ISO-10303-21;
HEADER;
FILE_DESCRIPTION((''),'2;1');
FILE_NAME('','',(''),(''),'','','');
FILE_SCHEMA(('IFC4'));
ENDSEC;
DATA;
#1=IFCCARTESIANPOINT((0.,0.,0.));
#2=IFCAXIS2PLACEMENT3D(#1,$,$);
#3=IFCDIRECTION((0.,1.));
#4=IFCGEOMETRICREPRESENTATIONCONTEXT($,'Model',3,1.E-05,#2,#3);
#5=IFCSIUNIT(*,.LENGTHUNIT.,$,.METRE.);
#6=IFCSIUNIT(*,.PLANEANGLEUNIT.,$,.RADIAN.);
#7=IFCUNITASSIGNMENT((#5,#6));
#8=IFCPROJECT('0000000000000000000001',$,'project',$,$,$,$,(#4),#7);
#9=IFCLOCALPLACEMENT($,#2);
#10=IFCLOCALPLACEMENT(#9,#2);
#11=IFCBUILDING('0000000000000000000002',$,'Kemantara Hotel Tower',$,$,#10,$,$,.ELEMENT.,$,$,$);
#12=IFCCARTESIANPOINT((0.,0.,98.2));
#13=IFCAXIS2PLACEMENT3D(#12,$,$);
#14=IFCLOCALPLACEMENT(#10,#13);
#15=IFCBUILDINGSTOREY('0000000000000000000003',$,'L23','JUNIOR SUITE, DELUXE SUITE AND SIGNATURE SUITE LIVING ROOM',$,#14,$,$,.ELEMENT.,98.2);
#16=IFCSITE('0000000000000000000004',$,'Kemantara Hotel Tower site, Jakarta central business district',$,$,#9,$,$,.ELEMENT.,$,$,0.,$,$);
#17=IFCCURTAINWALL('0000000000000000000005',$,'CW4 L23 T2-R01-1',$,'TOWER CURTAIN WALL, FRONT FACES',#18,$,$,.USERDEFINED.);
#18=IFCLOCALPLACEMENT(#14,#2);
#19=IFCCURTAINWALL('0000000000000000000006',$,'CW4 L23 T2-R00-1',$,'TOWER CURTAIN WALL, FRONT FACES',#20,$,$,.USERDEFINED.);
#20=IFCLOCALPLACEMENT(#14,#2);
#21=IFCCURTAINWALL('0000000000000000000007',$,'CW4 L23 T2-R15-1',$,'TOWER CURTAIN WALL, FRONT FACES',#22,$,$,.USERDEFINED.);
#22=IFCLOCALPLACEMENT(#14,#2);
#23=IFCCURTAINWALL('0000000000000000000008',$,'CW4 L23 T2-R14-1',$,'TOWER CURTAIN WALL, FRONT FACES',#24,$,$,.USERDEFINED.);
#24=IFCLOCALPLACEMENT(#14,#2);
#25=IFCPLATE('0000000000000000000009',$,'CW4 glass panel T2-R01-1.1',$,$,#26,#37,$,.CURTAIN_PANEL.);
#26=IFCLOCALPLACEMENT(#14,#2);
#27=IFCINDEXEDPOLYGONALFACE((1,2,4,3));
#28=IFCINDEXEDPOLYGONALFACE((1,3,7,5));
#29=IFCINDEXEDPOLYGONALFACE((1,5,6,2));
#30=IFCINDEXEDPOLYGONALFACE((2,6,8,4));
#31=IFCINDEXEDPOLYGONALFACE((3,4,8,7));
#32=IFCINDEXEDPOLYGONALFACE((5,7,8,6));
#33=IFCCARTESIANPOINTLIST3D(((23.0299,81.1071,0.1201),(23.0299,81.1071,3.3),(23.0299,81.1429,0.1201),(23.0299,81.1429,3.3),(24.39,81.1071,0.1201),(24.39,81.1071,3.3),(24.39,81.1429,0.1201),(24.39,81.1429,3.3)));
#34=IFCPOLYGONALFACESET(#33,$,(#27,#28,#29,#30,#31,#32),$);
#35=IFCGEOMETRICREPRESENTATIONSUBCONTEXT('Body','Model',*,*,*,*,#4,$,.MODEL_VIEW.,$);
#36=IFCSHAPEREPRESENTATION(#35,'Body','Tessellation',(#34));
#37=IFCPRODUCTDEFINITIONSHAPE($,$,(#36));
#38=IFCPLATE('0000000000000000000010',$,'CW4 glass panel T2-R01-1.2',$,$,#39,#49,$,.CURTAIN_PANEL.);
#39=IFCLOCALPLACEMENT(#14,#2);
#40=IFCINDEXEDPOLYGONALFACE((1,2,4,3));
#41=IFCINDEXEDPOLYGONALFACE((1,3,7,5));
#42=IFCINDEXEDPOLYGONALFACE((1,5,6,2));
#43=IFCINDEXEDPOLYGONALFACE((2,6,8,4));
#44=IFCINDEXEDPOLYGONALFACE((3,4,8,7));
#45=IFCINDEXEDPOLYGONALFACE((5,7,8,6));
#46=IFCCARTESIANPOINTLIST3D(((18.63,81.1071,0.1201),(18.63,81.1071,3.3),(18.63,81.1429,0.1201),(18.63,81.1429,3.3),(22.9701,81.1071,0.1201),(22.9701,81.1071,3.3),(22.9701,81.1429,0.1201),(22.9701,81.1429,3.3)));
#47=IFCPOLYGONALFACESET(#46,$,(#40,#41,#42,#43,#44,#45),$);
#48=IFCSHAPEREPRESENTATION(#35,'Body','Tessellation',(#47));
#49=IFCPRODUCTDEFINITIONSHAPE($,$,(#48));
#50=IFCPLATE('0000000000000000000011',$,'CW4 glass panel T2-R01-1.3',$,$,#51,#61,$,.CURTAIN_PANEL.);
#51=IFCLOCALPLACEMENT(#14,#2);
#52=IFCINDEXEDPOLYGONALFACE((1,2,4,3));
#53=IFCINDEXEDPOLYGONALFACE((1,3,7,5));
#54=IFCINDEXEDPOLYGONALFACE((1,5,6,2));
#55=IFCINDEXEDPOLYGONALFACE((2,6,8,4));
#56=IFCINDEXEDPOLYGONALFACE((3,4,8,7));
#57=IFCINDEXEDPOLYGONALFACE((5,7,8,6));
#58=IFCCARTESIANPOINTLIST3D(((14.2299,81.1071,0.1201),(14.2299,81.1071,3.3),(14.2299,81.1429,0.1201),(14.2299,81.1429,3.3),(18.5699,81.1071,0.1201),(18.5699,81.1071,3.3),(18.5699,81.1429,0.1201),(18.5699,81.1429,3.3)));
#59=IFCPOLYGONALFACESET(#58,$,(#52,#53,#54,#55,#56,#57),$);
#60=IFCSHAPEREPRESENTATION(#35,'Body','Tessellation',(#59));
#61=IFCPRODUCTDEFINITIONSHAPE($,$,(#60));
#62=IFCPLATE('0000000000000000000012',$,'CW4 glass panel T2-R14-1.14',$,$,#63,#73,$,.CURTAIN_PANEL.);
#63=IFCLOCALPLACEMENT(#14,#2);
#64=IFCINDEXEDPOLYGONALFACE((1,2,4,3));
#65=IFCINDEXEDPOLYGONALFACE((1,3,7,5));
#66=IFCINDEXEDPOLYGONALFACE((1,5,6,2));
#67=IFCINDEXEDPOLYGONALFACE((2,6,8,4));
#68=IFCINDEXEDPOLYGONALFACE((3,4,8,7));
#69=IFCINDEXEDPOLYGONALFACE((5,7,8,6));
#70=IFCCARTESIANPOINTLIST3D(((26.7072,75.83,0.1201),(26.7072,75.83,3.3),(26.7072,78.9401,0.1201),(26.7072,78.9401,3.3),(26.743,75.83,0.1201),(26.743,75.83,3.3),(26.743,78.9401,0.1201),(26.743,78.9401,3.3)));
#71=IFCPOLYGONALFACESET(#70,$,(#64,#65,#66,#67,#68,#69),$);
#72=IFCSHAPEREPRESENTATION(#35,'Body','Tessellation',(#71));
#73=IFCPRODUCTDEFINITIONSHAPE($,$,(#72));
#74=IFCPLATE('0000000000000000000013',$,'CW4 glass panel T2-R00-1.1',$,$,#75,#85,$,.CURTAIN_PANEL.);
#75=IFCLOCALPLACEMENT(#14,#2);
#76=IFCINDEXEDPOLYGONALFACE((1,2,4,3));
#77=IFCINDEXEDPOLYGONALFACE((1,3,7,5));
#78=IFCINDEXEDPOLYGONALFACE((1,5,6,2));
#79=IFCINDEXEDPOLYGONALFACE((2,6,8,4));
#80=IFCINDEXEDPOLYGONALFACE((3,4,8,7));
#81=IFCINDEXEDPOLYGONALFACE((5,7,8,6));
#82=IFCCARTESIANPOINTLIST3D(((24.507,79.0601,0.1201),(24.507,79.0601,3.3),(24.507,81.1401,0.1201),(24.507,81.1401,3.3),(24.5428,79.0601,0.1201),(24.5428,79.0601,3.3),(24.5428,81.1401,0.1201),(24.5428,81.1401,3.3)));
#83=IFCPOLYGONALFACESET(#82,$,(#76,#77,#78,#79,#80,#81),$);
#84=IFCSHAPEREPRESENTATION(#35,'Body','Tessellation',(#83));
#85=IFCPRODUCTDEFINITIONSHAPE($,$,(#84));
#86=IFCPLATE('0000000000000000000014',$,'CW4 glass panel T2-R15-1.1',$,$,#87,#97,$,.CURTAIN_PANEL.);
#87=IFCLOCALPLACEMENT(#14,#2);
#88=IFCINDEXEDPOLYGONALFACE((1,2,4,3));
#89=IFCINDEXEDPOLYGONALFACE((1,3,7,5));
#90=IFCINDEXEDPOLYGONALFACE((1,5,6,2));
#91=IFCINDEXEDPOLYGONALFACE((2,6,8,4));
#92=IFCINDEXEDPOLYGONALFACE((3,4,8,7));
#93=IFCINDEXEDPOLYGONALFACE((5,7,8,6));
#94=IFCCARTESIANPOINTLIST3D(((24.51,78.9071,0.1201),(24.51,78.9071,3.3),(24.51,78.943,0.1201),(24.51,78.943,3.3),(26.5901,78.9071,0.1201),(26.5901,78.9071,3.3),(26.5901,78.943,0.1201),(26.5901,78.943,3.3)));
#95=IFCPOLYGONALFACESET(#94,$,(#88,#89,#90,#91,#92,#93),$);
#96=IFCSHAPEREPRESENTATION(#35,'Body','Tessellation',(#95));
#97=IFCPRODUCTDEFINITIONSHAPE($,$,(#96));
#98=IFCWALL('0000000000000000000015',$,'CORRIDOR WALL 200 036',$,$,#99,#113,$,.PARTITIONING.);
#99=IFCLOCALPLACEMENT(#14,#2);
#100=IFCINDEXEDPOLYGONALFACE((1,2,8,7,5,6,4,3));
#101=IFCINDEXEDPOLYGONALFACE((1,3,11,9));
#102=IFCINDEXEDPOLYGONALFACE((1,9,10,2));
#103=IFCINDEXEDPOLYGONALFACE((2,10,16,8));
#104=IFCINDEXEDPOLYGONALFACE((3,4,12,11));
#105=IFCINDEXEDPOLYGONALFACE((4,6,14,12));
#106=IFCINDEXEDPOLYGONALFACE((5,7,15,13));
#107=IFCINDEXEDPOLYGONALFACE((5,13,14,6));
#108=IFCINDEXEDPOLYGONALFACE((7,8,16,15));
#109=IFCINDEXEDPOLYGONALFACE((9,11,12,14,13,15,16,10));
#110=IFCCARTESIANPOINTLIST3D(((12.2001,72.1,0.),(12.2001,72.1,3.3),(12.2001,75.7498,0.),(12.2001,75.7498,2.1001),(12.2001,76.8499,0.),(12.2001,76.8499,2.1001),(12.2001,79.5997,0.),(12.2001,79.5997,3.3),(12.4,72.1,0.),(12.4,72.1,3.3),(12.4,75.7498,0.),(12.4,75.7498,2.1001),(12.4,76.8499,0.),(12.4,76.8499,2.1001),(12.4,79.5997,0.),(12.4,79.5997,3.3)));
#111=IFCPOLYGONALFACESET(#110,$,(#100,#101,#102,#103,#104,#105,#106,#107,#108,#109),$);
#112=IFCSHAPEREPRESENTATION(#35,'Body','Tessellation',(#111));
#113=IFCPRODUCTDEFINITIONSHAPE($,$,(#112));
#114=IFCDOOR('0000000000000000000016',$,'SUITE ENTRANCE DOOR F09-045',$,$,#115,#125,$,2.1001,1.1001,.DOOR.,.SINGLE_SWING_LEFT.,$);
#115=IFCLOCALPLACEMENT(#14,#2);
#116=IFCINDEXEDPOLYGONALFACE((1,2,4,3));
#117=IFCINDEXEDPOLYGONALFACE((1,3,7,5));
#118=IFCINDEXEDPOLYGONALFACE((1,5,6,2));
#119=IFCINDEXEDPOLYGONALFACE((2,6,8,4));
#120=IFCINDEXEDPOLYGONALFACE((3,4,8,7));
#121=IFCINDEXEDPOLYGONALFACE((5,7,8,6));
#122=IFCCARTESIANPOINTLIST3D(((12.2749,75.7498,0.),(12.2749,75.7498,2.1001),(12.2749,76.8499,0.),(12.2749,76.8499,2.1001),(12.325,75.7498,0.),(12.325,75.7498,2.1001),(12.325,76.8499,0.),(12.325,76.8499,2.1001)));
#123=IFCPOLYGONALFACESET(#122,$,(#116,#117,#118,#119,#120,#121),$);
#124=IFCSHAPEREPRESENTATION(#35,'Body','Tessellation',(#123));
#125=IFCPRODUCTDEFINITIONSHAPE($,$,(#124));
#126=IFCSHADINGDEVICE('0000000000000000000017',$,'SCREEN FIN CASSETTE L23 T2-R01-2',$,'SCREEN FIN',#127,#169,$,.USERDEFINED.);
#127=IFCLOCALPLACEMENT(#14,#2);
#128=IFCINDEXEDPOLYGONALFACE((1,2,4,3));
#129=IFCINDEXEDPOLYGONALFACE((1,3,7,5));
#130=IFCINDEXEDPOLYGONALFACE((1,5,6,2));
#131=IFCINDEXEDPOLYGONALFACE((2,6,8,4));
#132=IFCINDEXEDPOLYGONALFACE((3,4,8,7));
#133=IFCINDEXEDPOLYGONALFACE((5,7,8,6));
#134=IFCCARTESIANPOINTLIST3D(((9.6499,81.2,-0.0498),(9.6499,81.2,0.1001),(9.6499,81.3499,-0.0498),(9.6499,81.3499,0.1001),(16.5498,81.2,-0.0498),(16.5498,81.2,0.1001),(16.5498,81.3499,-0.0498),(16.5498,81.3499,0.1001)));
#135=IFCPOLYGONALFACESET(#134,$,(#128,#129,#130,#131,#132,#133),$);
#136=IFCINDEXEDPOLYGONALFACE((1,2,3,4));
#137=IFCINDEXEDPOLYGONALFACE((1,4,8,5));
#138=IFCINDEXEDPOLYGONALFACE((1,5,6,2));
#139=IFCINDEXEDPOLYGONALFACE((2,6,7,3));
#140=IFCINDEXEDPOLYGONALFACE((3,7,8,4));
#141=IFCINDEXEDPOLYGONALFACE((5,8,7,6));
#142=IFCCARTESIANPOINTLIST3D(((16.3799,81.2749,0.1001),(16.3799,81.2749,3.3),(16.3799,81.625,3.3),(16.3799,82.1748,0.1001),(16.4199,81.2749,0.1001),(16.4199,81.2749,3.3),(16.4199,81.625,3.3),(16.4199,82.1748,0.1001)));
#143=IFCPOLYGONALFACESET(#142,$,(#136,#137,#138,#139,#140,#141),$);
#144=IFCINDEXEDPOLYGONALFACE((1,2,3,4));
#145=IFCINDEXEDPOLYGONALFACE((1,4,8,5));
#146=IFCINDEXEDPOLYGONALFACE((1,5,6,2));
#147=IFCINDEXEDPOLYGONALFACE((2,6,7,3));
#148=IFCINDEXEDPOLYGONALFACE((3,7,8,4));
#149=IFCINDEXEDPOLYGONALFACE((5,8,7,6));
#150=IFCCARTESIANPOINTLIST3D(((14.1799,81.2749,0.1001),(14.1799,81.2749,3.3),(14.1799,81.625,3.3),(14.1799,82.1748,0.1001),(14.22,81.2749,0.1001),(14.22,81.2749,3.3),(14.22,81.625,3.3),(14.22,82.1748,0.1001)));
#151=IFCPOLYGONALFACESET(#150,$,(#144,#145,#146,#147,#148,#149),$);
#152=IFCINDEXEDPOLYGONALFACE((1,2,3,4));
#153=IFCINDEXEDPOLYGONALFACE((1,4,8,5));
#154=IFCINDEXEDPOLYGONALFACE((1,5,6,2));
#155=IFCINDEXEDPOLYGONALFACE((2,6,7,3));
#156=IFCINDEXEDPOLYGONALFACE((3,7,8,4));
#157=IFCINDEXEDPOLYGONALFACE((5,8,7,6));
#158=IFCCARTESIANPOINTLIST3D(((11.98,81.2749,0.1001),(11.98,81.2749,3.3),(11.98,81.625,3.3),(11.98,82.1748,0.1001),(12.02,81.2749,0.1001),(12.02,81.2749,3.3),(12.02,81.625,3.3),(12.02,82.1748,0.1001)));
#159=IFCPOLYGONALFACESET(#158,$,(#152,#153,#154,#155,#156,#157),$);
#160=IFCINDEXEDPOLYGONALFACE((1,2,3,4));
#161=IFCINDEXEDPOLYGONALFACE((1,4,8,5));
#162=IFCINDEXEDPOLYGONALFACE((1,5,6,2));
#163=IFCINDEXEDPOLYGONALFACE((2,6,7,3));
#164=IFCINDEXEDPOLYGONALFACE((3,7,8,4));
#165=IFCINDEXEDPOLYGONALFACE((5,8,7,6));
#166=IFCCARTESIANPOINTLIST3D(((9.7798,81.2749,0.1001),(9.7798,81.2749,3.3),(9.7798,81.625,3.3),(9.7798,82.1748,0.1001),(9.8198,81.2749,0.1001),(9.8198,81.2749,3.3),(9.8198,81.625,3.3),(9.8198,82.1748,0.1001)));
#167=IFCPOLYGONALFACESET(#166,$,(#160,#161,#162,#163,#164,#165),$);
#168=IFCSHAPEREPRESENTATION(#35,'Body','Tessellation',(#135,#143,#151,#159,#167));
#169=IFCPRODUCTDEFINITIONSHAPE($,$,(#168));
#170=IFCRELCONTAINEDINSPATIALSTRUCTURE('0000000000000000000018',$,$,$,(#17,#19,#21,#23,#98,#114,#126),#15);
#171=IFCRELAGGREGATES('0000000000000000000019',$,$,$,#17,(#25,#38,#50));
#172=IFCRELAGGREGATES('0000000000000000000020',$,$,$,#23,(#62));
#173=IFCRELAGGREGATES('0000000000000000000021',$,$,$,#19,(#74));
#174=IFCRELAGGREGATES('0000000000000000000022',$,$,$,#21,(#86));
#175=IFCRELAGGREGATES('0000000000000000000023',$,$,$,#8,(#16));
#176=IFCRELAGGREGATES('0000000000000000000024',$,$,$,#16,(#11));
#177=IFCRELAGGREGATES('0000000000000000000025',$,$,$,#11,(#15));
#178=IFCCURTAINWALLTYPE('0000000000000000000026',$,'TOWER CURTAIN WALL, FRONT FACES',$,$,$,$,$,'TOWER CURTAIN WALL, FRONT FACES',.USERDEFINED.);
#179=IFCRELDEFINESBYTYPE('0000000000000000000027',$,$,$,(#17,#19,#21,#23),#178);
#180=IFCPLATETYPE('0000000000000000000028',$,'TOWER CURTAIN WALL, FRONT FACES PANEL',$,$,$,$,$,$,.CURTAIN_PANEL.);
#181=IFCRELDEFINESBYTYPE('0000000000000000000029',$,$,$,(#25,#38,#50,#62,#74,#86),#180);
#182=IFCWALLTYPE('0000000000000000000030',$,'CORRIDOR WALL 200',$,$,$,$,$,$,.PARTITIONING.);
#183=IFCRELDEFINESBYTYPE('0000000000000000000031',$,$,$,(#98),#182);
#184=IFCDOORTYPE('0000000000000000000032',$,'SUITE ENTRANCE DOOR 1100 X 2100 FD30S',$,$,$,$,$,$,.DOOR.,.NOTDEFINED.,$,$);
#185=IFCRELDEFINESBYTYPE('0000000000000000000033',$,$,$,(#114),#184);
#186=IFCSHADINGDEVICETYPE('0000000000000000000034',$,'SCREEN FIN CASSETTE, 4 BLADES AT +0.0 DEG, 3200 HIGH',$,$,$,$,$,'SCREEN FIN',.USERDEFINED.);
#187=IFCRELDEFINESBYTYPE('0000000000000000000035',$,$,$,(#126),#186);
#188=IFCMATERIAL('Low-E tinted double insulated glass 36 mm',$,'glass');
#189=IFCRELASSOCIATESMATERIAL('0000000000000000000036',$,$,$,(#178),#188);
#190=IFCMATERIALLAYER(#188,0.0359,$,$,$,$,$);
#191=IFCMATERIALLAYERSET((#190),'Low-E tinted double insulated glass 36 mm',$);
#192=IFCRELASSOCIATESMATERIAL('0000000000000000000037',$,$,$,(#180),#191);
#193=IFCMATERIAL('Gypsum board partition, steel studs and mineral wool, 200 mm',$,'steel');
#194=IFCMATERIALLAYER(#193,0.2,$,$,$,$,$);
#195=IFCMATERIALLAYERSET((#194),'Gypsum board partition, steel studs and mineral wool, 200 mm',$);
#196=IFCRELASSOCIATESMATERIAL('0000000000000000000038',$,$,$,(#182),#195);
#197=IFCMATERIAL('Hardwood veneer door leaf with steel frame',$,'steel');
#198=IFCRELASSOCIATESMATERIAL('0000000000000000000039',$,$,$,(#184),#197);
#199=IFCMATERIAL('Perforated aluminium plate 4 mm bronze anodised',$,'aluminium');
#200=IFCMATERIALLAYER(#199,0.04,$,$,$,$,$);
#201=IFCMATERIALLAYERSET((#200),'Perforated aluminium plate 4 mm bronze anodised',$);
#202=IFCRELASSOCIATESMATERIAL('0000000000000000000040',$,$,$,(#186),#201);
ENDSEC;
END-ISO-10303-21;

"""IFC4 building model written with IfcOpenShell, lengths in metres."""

from ifc_helpers import new_model, si_unit, direction, frame, frame_2d, origin, origin_2d, place, context, subcontext, project, spatial, polyline, rectangle, outline, extrude, source, transform, mapped, material, layer, layer_set, type_object, element, fill, aggregate, save


model = new_model("IFC4")

# Units and contexts
model_context = context("Model", 3, precision=1e-05, world=origin(), true_north=direction((0.0, 1.0)))
body_context = subcontext(model_context, "Body", "Model", "MODEL_VIEW")
ifc_project = project(units=[si_unit("LENGTHUNIT", "METRE"), si_unit("PLANEANGLEUNIT", "RADIAN")], contexts=[model_context])

# Site, building, storey
site_placement = place(None, origin())
site = spatial("IfcSite", under=ifc_project, at=site_placement, Name="Kemantara Hotel Tower site, Jakarta central business district", CompositionType="ELEMENT", RefElevation=0.0)
building_placement = place(site_placement, origin())
building = spatial("IfcBuilding", under=site, at=building_placement, Name="Kemantara Hotel Tower", CompositionType="ELEMENT")
storey_placement = place(building_placement, frame((0.0, 0.0, 98.2)))
storey = spatial("IfcBuildingStorey", under=building, at=storey_placement, Name="L23", Description="JUNIOR SUITE, DELUXE SUITE AND SIGNATURE SUITE LIVING ROOM", CompositionType="ELEMENT", Elevation=98.2)

# Curtain walls
ifc_material_1 = material(Name="Low-E tinted double insulated glass 36 mm", Category="glass")
curtain_wall_type = type_object("IfcCurtainWallType", Name="TOWER CURTAIN WALL, FRONT FACES", ElementType="TOWER CURTAIN WALL, FRONT FACES", PredefinedType="USERDEFINED", material=ifc_material_1)
curtain_wall_1_placement = place(storey_placement, origin())
curtain_wall_1 = element("IfcCurtainWall", 1, at=curtain_wall_1_placement, inside=storey, type_object=curtain_wall_type, Name="CW4 L23 T2-R01-1", ObjectType="TOWER CURTAIN WALL, FRONT FACES", PredefinedType="USERDEFINED")
curtain_wall_2_placement = place(storey_placement, origin())
curtain_wall_2 = element("IfcCurtainWall", 2, at=curtain_wall_2_placement, inside=storey, type_object=curtain_wall_type, Name="CW4 L23 T2-R00-1", ObjectType="TOWER CURTAIN WALL, FRONT FACES", PredefinedType="USERDEFINED")
curtain_wall_3_placement = place(storey_placement, origin())
curtain_wall_3 = element("IfcCurtainWall", 3, at=curtain_wall_3_placement, inside=storey, type_object=curtain_wall_type, Name="CW4 L23 T2-R15-1", ObjectType="TOWER CURTAIN WALL, FRONT FACES", PredefinedType="USERDEFINED")

# Curtain wall
curtain_wall_4_placement = place(storey_placement, origin())
curtain_wall_4 = element("IfcCurtainWall", 4, at=curtain_wall_4_placement, inside=storey, type_object=curtain_wall_type, Name="CW4 L23 T2-R14-1", ObjectType="TOWER CURTAIN WALL, FRONT FACES", PredefinedType="USERDEFINED")

# Plates
ifc_layer_1 = layer(ifc_material_1, 0.0359)
ifc_layer_set_1 = layer_set([ifc_layer_1], Name="Low-E tinted double insulated glass 36 mm")
plate_type = type_object("IfcPlateType", Name="TOWER CURTAIN WALL, FRONT FACES PANEL", PredefinedType="CURTAIN_PANEL", material=ifc_layer_set_1)
shared_shape_1 = source(origin(), body_context, "Body", "SweptSolid", [
    extrude(rectangle(XDim=1.3601, YDim=0.0359, at=origin_2d()), origin(), (0.0, 0.0, 1.0), 3.1799),
])
plate_1_placement = place(storey_placement, frame((23.71, 81.125, 0.1201), z_axis=(0.0, 0.0, 1.0), x_axis=(-1.0, 0.0, 0.0)))
plate_1 = element("IfcPlate", 5, at=plate_1_placement, type_object=plate_type, Name="CW4 glass panel T2-R01-1.1", PredefinedType="CURTAIN_PANEL", context=body_context, shape_type="MappedRepresentation", body=[
    mapped(shared_shape_1, transform((0.0, 0.0, 0.0))),
])
shared_shape_2 = source(origin(), body_context, "Body", "SweptSolid", [
    extrude(rectangle(XDim=4.3401, YDim=0.0359, at=origin_2d()), origin(), (0.0, 0.0, 1.0), 3.1799),
])
plate_2_placement = place(storey_placement, frame((20.8, 81.125, 0.1201), z_axis=(0.0, 0.0, 1.0), x_axis=(-1.0, 0.0, 0.0)))
plate_2 = element("IfcPlate", 6, at=plate_2_placement, type_object=plate_type, Name="CW4 glass panel T2-R01-1.2", PredefinedType="CURTAIN_PANEL", context=body_context, shape_type="MappedRepresentation", body=[
    mapped(shared_shape_2, transform((0.0, 0.0, 0.0))),
])
plate_3_placement = place(storey_placement, frame((16.3999, 81.125, 0.1201), z_axis=(0.0, 0.0, 1.0), x_axis=(-1.0, 0.0, 0.0)))
plate_3 = element("IfcPlate", 7, at=plate_3_placement, type_object=plate_type, Name="CW4 glass panel T2-R01-1.3", PredefinedType="CURTAIN_PANEL", context=body_context, shape_type="MappedRepresentation", body=[
    mapped(shared_shape_2, transform((0.0, 0.0, 0.0))),
])
aggregate(curtain_wall_1, [plate_1, plate_2, plate_3])
shared_shape_3 = source(origin(), body_context, "Body", "SweptSolid", [
    extrude(rectangle(XDim=3.1101, YDim=0.0359, at=origin_2d()), origin(), (0.0, 0.0, 1.0), 3.1799),
])
plate_4_placement = place(storey_placement, frame((26.7251, 77.385, 0.1201), z_axis=(0.0, 0.0, 1.0), x_axis=(0.0, 1.0, 0.0)))
plate_4 = element("IfcPlate", 8, at=plate_4_placement, type_object=plate_type, Name="CW4 glass panel T2-R14-1.14", PredefinedType="CURTAIN_PANEL", context=body_context, shape_type="MappedRepresentation", body=[
    mapped(shared_shape_3, transform((0.0, 0.0, 0.0))),
])
aggregate(curtain_wall_4, [plate_4])
shared_shape_4 = source(origin(), body_context, "Body", "SweptSolid", [
    extrude(rectangle(XDim=2.0801, YDim=0.0359, at=origin_2d()), origin(), (0.0, 0.0, 1.0), 3.1799),
])
plate_5_placement = place(storey_placement, frame((24.5249, 80.1001, 0.1201), z_axis=(0.0, 0.0, 1.0), x_axis=(0.0, 1.0, 0.0)))
plate_5 = element("IfcPlate", 9, at=plate_5_placement, type_object=plate_type, Name="CW4 glass panel T2-R00-1.1", PredefinedType="CURTAIN_PANEL", context=body_context, shape_type="MappedRepresentation", body=[
    mapped(shared_shape_4, transform((0.0, 0.0, 0.0))),
])
aggregate(curtain_wall_2, [plate_5])
plate_6_placement = place(storey_placement, frame((25.55, 78.925, 0.1201), z_axis=(0.0, 0.0, 1.0), x_axis=(-1.0, 0.0, 0.0)))
plate_6 = element("IfcPlate", 10, at=plate_6_placement, type_object=plate_type, Name="CW4 glass panel T2-R15-1.1", PredefinedType="CURTAIN_PANEL", context=body_context, shape_type="MappedRepresentation", body=[
    mapped(shared_shape_4, transform((0.0, 0.0, 0.0))),
])
aggregate(curtain_wall_3, [plate_6])

# Wall, opening, door
ifc_material_2 = material(Name="Gypsum board partition, steel studs and mineral wool, 200 mm", Category="steel")
ifc_layer_2 = layer(ifc_material_2, 0.2)
ifc_layer_set_2 = layer_set([ifc_layer_2], Name="Gypsum board partition, steel studs and mineral wool, 200 mm")
wall_type = type_object("IfcWallType", Name="CORRIDOR WALL 200", PredefinedType="PARTITIONING", material=ifc_layer_set_2)
wall_placement = place(storey_placement, frame((12.3, 79.5999, 0.0), z_axis=(0.0, 0.0, 1.0), x_axis=(0.0, -1.0, 0.0)))
wall = element("IfcWall", 11, at=wall_placement, inside=storey, type_object=wall_type, Name="CORRIDOR WALL 200 036", PredefinedType="PARTITIONING", context=body_context, shape_type="SweptSolid", body=[
    extrude(rectangle(XDim=7.4998, YDim=0.2, at=frame_2d((3.75, 0.0))), origin(), (0.0, 0.0, 1.0), 3.3),
])
opening_placement = place(wall_placement, frame((2.75, 0.0, 0.0)))
opening = element("IfcOpeningElement", 12, at=opening_placement, cuts=wall, PredefinedType="OPENING", context=body_context, shape_type="SweptSolid", body=[
    extrude(rectangle(XDim=1.1001, YDim=2.1001, at=frame_2d((0.55, 1.05))), frame((0.0, 0.1099, 0.0), z_axis=(0.0, -1.0, 0.0), x_axis=(1.0, 0.0, 0.0)), (0.0, 0.0, 1.0), 0.22),
])
ifc_material_3 = material(Name="Hardwood veneer door leaf with steel frame", Category="steel")
door_type = type_object("IfcDoorType", Name="SUITE ENTRANCE DOOR 1100 X 2100 FD30S", OperationType="NOTDEFINED", PredefinedType="DOOR", material=ifc_material_3)
door_placement = place(opening_placement, origin())
door = element("IfcDoor", 13, at=door_placement, inside=storey, type_object=door_type, Name="SUITE ENTRANCE DOOR F09-045", OperationType="SINGLE_SWING_LEFT", OverallHeight=2.1001, OverallWidth=1.1001, PredefinedType="DOOR", context=body_context, shape_type="SweptSolid", body=[
    extrude(rectangle(XDim=1.1001, YDim=2.1001, at=frame_2d((0.55, 1.05))), frame((0.0, 0.0249, 0.0), z_axis=(0.0, -1.0, 0.0), x_axis=(1.0, 0.0, 0.0)), (0.0, 0.0, 1.0), 0.05),
])
fill(opening, door)

# Shading device
ifc_material_4 = material(Name="Perforated aluminium plate 4 mm bronze anodised", Category="aluminium")
ifc_layer_3 = layer(ifc_material_4, 0.04)
ifc_layer_set_3 = layer_set([ifc_layer_3], Name="Perforated aluminium plate 4 mm bronze anodised")
shading_device_type_1 = type_object("IfcShadingDeviceType", Name="SCREEN FIN CASSETTE, 4 BLADES AT +0.0 DEG, 3200 HIGH", ElementType="SCREEN FIN", PredefinedType="USERDEFINED", material=ifc_layer_set_3)
shared_shape_5 = source(origin(), body_context, "Body", "SweptSolid", [
    extrude(rectangle(XDim=6.8999, YDim=0.1499, at=origin_2d()), frame((3.3, -0.075, -0.1499), z_axis=(0.0, 0.0, 1.0), x_axis=(1.0, 0.0, 0.0)), (0.0, 0.0, 1.0), 0.1499),
    extrude(outline(polyline([(0.0, 0.0), (0.8999, 0.0), (0.3501, 3.2), (0.0, 3.2), (0.0, 0.0)])), frame((0.02, -0.075, 0.0), z_axis=(-1.0, 0.0, 0.0), x_axis=(0.0, -1.0, 0.0)), (0.0, 0.0, 1.0), 0.04),
    extrude(outline(polyline([(0.0, 0.0), (0.8999, 0.0), (0.3501, 3.2), (0.0, 3.2), (0.0, 0.0)])), frame((2.22, -0.075, 0.0), z_axis=(-1.0, 0.0, 0.0), x_axis=(0.0, -1.0, 0.0)), (0.0, 0.0, 1.0), 0.04),
    extrude(outline(polyline([(0.0, 0.0), (0.8999, 0.0), (0.3501, 3.2), (0.0, 3.2), (0.0, 0.0)])), frame((4.4199, -0.075, 0.0), z_axis=(-1.0, 0.0, 0.0), x_axis=(0.0, -1.0, 0.0)), (0.0, 0.0, 1.0), 0.04),
    extrude(outline(polyline([(0.0, 0.0), (0.8999, 0.0), (0.3501, 3.2), (0.0, 3.2), (0.0, 0.0)])), frame((6.6201, -0.075, 0.0), z_axis=(-1.0, 0.0, 0.0), x_axis=(0.0, -1.0, 0.0)), (0.0, 0.0, 1.0), 0.04),
])
shading_device_1_placement = place(storey_placement, frame((16.3999, 81.2, 0.1001), z_axis=(0.0, 0.0, 1.0), x_axis=(-1.0, 0.0, 0.0)))
element("IfcShadingDevice", 14, at=shading_device_1_placement, inside=storey, type_object=shading_device_type_1, Name="SCREEN FIN CASSETTE L23 T2-R01-2", ObjectType="SCREEN FIN", PredefinedType="USERDEFINED", context=body_context, shape_type="MappedRepresentation", body=[
    mapped(shared_shape_5, transform((0.0, 0.0, 0.0))),
])

save(model, "model.ifc")
